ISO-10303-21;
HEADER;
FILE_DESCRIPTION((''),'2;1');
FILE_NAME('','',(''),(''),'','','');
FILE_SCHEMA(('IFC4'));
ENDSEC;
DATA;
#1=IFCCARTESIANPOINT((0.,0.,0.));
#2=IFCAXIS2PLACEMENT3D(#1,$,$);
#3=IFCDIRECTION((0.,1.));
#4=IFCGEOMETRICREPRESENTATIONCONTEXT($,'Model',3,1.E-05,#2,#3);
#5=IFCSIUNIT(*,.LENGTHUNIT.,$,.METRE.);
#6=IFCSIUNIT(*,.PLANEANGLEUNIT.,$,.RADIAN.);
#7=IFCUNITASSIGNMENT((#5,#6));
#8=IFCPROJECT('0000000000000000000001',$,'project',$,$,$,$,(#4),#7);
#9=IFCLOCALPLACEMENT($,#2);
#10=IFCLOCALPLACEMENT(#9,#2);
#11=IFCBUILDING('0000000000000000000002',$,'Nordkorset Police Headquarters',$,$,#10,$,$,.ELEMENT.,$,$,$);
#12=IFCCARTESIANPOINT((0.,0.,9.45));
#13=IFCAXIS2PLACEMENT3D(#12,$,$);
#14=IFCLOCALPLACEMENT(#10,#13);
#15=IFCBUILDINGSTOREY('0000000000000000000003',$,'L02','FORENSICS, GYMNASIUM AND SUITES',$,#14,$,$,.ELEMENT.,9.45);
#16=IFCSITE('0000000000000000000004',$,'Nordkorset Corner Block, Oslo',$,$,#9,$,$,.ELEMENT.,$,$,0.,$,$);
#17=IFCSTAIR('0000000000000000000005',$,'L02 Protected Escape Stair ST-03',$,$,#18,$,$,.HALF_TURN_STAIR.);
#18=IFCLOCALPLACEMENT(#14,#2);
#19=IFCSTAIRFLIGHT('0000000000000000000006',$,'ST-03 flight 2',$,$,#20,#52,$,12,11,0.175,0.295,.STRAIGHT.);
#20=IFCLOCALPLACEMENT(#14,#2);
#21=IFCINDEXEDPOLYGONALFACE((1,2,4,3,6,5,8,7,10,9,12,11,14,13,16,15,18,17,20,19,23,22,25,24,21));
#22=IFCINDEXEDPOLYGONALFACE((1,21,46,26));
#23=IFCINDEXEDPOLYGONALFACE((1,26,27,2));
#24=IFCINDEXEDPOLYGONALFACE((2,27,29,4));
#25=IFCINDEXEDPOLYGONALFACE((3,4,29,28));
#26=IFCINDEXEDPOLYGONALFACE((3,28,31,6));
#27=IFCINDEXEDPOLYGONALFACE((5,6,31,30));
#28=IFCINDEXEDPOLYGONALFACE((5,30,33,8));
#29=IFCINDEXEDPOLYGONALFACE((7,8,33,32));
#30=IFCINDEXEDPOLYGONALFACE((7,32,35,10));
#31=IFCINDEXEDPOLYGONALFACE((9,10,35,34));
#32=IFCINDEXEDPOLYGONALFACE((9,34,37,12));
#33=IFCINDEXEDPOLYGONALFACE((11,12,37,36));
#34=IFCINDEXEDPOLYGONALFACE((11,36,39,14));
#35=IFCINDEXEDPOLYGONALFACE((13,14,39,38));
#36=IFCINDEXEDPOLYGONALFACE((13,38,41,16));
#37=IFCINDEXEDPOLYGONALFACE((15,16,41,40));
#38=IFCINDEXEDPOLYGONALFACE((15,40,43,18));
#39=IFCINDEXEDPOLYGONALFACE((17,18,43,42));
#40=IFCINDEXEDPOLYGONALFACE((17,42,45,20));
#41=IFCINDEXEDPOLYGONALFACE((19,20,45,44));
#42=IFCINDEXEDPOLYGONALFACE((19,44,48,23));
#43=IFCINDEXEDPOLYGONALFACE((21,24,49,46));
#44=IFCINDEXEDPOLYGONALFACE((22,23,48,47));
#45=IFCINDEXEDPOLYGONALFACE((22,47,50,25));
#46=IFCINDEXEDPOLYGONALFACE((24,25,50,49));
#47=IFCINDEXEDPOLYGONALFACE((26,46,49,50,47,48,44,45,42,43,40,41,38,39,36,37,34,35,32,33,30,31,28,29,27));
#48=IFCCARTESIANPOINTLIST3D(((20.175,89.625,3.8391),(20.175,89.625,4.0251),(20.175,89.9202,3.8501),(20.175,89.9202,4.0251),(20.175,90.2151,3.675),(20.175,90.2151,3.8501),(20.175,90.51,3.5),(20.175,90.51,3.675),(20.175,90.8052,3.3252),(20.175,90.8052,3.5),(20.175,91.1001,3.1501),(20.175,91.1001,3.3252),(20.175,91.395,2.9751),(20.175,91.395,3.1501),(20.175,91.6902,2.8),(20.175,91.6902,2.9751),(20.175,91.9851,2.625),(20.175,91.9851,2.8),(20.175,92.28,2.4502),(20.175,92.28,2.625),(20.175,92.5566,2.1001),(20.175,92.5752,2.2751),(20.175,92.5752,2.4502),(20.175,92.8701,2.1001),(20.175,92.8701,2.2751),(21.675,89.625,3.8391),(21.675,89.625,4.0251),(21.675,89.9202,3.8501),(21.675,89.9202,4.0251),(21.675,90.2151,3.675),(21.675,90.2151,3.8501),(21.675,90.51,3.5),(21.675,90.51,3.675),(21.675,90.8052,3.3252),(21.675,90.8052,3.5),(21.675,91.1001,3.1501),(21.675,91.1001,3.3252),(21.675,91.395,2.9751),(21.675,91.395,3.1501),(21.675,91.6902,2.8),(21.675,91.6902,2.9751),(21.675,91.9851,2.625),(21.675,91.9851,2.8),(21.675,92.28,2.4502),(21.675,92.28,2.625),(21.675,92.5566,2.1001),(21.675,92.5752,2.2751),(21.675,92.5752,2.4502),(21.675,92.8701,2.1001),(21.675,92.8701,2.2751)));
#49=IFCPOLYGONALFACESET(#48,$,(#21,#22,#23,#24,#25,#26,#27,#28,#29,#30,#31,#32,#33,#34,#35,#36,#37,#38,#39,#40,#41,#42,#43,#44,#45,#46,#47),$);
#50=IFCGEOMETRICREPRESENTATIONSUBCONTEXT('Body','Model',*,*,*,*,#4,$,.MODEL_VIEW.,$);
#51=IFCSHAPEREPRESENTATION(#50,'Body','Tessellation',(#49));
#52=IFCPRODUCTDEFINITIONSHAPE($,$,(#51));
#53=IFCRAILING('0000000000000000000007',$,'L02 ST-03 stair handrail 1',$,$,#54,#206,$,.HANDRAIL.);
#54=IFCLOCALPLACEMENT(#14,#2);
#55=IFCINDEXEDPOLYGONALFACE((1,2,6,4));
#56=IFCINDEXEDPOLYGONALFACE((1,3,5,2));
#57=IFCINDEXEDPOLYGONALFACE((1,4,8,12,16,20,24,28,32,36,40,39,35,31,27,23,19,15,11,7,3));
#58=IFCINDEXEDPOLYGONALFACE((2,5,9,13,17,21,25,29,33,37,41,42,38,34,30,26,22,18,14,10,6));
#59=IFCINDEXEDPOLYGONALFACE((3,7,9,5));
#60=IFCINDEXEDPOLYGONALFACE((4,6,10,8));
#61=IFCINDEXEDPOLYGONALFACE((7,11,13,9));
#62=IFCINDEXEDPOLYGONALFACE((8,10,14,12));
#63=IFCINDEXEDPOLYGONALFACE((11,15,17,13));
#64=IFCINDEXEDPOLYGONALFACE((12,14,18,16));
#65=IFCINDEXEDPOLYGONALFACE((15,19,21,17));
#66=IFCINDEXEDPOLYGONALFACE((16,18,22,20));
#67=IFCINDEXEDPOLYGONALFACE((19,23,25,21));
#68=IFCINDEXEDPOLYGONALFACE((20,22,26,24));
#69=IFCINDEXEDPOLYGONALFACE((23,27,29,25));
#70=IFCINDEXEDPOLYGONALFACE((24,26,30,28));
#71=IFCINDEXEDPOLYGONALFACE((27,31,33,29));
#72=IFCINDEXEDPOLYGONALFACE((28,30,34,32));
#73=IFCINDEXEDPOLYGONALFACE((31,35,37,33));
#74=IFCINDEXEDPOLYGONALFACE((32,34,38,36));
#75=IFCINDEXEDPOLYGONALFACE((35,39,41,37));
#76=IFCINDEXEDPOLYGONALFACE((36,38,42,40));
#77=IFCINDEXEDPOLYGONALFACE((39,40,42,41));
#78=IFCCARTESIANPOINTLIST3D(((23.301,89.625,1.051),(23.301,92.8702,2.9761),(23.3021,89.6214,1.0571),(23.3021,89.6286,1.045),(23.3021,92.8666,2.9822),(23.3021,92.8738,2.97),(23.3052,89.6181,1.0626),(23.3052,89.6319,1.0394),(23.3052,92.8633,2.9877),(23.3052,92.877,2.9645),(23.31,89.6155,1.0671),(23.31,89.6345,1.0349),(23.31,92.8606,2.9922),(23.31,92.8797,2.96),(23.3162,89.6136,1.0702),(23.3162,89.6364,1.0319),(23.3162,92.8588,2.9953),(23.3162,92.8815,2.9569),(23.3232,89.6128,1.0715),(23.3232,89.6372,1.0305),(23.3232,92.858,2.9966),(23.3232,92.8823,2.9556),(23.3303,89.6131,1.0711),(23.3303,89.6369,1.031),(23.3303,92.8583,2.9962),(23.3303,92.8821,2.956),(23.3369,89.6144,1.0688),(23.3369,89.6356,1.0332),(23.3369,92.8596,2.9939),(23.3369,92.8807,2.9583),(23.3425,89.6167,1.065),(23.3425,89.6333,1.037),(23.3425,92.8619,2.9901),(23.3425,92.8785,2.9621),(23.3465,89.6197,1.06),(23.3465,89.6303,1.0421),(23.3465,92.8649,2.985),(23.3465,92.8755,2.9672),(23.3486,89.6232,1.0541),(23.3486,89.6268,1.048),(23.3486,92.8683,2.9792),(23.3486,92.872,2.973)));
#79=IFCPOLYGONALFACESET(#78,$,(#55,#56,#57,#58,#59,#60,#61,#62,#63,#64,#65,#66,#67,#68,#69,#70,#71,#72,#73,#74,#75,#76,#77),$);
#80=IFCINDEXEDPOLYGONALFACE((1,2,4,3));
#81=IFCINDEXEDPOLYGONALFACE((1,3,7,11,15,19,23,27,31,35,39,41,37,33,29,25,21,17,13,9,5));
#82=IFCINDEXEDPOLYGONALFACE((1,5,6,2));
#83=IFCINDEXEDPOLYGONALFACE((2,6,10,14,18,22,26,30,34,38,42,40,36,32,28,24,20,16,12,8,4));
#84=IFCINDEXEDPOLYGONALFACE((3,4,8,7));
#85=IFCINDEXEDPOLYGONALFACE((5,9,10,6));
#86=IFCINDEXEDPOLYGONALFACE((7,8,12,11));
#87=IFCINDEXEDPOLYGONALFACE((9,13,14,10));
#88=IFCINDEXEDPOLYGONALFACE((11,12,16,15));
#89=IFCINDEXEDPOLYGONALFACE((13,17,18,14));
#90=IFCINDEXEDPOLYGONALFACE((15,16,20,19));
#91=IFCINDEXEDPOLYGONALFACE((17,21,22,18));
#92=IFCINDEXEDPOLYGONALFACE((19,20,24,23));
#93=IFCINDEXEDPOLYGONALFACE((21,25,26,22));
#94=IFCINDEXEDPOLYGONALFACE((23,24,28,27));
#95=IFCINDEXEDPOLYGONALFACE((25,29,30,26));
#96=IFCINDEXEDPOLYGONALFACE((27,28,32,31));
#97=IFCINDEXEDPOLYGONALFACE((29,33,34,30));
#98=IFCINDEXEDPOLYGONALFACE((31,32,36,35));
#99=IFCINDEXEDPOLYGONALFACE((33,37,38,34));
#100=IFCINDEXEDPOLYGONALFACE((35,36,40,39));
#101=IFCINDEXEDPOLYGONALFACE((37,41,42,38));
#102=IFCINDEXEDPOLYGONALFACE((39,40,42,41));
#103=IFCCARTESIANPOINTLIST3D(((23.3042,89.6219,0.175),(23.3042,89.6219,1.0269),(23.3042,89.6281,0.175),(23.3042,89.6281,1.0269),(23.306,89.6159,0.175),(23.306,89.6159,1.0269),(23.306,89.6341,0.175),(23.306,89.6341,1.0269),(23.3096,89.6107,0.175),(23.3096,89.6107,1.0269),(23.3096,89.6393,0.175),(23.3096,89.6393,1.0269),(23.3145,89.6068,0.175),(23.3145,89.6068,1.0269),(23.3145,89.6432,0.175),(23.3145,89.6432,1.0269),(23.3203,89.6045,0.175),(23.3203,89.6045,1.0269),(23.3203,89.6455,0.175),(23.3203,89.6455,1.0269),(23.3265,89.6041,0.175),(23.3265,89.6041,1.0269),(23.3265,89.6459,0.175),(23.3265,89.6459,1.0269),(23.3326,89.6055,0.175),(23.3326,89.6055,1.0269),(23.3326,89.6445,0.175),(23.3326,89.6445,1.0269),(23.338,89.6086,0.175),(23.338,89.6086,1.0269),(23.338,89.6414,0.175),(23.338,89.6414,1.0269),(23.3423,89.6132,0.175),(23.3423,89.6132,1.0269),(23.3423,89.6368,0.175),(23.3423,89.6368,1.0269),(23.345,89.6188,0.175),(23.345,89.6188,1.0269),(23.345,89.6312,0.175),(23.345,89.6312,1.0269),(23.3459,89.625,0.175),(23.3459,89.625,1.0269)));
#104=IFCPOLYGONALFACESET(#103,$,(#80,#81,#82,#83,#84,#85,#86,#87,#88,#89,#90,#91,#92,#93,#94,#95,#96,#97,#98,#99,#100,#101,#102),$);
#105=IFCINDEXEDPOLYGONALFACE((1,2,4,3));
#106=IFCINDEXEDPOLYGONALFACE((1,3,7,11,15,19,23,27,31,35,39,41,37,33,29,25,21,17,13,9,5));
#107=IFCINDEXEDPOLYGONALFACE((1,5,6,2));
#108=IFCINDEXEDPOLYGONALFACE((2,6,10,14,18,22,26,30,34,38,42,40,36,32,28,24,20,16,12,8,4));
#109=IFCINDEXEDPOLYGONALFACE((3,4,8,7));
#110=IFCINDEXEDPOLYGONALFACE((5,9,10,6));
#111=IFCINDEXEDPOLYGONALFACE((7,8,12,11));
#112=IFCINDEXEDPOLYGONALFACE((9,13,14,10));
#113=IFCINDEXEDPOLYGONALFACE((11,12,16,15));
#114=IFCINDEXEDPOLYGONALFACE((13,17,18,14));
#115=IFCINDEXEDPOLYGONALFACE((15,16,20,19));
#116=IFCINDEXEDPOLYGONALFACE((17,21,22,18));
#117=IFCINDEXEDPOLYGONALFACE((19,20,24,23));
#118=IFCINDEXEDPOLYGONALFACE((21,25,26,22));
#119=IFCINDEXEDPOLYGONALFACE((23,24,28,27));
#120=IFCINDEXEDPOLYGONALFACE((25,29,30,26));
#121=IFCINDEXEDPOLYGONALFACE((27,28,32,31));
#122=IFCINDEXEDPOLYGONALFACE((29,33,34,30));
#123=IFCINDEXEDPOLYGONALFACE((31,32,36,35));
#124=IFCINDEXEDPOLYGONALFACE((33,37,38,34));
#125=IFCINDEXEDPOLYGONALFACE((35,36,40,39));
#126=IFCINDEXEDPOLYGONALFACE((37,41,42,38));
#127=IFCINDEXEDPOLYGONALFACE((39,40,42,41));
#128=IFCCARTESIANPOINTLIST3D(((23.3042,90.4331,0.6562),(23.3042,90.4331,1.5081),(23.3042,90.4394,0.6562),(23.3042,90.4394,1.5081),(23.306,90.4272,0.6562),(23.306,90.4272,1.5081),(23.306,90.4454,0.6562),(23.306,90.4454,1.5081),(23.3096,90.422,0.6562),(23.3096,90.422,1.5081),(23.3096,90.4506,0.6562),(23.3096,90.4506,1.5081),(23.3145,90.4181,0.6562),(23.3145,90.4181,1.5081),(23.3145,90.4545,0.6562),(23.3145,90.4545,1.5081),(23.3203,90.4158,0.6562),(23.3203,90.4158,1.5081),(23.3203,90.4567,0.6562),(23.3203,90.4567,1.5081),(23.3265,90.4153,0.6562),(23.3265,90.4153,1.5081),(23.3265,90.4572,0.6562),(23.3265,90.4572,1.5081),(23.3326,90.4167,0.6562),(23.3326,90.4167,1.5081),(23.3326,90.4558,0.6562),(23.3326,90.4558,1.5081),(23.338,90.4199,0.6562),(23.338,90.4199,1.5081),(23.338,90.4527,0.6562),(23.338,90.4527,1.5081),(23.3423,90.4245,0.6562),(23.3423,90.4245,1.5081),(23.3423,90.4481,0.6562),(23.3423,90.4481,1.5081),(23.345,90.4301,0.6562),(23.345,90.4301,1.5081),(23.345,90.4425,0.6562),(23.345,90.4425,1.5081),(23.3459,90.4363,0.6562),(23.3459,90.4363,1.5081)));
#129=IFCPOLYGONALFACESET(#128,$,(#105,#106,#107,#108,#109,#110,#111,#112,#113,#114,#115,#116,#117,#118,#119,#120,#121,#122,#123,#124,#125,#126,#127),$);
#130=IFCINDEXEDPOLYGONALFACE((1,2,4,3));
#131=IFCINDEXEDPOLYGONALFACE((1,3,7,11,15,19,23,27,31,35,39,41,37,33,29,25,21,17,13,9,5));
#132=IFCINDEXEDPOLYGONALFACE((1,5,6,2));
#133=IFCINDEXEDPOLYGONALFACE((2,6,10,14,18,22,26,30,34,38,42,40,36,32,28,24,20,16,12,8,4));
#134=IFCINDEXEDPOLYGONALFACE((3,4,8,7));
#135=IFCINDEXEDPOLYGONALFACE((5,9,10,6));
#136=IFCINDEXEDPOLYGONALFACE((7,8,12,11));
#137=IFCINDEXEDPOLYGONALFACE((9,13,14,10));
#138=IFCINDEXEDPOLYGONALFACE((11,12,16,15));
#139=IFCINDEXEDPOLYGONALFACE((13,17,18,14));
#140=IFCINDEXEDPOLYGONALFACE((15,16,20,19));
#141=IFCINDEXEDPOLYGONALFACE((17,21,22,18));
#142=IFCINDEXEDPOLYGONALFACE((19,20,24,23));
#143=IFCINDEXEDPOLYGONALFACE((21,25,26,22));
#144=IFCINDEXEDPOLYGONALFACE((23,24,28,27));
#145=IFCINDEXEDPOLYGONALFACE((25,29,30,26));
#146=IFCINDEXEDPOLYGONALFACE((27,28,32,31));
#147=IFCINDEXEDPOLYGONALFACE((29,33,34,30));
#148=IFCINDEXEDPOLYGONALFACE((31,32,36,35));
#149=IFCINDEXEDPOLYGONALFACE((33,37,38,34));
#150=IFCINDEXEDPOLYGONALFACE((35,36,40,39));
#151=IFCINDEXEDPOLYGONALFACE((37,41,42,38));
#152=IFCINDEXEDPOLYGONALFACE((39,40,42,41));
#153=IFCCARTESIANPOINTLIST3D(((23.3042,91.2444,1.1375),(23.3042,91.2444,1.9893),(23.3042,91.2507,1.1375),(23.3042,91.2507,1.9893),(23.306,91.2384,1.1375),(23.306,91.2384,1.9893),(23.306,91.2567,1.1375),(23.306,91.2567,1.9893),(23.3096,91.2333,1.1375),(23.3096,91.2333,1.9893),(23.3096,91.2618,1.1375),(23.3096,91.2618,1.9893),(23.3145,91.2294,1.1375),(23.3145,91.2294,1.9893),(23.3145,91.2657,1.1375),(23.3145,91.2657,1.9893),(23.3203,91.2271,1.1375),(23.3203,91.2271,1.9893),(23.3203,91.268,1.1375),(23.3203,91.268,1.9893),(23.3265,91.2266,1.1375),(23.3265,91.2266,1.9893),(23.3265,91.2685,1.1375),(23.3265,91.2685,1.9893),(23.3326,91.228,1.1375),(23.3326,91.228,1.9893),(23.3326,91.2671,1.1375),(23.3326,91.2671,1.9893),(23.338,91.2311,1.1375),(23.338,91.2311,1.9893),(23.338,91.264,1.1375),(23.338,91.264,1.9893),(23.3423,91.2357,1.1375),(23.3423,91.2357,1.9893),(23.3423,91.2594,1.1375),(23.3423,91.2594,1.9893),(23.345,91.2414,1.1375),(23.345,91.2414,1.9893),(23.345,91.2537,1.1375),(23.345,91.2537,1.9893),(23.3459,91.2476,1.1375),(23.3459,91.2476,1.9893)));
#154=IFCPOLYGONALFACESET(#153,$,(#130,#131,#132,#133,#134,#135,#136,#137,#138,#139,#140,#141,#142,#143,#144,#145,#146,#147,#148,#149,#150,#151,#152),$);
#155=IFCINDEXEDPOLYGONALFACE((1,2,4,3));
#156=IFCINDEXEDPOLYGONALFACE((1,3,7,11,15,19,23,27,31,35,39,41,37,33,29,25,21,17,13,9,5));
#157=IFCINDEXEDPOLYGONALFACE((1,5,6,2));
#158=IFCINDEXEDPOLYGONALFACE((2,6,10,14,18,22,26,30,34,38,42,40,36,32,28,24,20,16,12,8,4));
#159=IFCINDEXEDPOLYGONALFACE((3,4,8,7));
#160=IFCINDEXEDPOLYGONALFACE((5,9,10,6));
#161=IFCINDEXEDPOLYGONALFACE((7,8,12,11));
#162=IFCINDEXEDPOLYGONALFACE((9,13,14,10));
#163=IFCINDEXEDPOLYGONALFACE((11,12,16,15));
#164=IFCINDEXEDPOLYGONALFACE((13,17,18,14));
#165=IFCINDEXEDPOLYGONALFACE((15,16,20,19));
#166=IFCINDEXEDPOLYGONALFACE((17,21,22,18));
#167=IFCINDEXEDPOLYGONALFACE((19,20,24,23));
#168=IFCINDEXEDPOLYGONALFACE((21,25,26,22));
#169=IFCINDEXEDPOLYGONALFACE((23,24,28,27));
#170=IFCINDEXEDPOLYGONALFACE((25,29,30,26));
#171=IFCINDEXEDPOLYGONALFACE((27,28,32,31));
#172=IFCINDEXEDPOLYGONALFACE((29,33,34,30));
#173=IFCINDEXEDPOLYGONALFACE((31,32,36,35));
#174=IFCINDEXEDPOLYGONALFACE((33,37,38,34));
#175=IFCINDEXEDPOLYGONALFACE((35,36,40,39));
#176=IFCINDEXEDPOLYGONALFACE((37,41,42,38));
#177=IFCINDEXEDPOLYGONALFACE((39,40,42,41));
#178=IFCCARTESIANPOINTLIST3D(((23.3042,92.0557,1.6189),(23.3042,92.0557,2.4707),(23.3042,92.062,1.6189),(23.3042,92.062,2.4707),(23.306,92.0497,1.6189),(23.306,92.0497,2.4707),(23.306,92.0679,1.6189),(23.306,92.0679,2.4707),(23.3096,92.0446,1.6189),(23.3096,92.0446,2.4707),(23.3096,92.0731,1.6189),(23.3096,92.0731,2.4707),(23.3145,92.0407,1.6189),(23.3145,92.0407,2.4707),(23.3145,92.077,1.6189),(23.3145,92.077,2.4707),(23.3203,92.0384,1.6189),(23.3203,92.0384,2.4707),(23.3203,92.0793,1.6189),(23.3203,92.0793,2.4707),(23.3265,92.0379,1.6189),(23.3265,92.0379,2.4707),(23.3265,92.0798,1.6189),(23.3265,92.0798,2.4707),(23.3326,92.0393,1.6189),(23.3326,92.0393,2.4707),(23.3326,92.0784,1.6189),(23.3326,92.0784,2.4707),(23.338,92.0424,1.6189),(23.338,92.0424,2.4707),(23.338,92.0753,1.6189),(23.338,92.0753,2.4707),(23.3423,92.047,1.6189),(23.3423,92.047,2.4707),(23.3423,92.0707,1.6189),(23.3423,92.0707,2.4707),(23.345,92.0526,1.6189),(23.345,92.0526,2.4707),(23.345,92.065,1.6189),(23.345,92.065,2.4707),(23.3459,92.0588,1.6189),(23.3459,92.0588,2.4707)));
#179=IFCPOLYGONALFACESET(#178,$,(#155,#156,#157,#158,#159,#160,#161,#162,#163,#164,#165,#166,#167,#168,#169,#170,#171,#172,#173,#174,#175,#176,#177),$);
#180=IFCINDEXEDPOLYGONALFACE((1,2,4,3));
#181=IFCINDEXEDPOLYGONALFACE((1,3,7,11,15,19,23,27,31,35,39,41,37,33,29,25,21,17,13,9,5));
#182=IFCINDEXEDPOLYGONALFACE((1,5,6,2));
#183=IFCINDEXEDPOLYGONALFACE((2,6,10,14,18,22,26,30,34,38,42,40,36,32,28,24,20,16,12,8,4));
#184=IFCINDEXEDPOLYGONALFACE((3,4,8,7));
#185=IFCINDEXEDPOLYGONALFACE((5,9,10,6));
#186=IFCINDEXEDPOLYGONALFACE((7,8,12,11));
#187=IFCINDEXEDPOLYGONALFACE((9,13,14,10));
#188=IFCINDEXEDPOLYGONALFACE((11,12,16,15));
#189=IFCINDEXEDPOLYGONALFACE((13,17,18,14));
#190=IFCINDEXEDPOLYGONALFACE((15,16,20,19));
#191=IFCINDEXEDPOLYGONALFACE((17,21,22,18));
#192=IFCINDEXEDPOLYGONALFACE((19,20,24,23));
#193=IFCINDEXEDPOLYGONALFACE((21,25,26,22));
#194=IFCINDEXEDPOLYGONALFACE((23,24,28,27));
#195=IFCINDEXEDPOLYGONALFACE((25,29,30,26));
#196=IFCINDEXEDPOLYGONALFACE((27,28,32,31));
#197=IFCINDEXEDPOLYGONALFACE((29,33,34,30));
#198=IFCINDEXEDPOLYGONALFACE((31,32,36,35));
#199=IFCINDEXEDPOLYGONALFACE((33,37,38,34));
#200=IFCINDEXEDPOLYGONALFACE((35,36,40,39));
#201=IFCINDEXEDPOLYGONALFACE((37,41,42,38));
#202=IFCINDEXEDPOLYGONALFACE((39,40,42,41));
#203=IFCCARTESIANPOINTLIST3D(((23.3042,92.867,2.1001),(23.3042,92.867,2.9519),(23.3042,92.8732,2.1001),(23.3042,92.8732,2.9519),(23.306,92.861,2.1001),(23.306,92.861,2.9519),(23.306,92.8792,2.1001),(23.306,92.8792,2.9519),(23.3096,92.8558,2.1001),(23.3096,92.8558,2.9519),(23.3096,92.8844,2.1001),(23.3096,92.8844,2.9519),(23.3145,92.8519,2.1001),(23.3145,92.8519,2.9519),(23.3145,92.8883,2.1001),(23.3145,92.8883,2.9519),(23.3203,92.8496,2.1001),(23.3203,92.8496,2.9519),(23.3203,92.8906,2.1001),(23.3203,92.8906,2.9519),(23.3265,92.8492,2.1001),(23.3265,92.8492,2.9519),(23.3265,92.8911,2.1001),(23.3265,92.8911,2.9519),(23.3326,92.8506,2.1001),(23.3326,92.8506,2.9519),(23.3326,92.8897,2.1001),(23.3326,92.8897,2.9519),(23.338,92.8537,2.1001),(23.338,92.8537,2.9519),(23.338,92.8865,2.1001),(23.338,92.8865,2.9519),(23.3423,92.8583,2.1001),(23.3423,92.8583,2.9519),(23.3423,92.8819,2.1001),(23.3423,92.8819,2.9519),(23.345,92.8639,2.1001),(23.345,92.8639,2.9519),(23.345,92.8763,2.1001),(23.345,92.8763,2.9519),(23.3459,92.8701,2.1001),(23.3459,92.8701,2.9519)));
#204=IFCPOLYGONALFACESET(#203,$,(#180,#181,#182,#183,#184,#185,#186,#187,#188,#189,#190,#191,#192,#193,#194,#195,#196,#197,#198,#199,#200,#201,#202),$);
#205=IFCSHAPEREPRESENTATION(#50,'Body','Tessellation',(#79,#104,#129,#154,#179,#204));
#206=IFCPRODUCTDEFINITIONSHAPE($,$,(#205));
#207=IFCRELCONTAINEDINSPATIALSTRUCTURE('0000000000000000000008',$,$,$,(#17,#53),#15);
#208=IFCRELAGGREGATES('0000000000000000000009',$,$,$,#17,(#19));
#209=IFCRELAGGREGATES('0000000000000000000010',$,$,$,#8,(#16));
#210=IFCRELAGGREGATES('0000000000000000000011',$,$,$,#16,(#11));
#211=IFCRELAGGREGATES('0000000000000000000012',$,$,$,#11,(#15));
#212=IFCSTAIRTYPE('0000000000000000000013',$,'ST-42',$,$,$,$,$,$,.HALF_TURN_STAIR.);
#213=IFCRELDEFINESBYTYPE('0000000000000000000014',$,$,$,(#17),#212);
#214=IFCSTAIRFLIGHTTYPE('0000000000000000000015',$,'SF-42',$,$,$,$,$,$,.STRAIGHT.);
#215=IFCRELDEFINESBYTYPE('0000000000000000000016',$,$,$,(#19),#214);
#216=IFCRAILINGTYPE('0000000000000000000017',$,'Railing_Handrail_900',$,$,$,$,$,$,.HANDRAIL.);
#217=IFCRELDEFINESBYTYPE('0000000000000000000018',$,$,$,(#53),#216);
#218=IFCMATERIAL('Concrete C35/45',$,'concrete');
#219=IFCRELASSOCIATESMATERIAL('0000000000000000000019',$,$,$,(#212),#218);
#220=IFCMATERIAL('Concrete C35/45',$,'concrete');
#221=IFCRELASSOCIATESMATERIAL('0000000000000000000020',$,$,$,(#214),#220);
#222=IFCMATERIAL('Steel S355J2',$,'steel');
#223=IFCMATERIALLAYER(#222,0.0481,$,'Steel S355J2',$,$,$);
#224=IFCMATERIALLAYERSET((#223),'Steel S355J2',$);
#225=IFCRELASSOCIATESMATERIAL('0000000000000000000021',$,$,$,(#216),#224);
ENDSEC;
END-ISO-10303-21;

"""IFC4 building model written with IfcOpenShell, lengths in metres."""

from ifc_helpers import new_model, si_unit, direction, frame, origin, origin_2d, place, context, subcontext, project, spatial, polyline, circle, outline, extrude, material, layer, layer_set, type_object, element, aggregate, save


model = new_model("IFC4")

# Units and contexts
model_context = context("Model", 3, precision=1e-05, world=origin(), true_north=direction((0.0, 1.0)))
body_context = subcontext(model_context, "Body", "Model", "MODEL_VIEW")
ifc_project = project(units=[si_unit("LENGTHUNIT", "METRE"), si_unit("PLANEANGLEUNIT", "RADIAN")], contexts=[model_context])

# Site, building, storey
site_placement = place(None, origin())
site = spatial("IfcSite", under=ifc_project, at=site_placement, Name="Nordkorset Corner Block, Oslo", CompositionType="ELEMENT", RefElevation=0.0)
building_placement = place(site_placement, origin())
building = spatial("IfcBuilding", under=site, at=building_placement, Name="Nordkorset Police Headquarters", CompositionType="ELEMENT")
storey_placement = place(building_placement, frame((0.0, 0.0, 9.45)))
storey = spatial("IfcBuildingStorey", under=building, at=storey_placement, Name="L02", Description="FORENSICS, GYMNASIUM AND SUITES", CompositionType="ELEMENT", Elevation=9.45)

# Stair, stair flight
ifc_material_1 = material(Name="Concrete C35/45", Category="concrete")
stair_type = type_object("IfcStairType", Name="ST-42", PredefinedType="HALF_TURN_STAIR", material=ifc_material_1)
stair_placement = place(storey_placement, origin())
stair = element("IfcStair", 1, at=stair_placement, inside=storey, type_object=stair_type, Name="L02 Protected Escape Stair ST-03", PredefinedType="HALF_TURN_STAIR")
ifc_material_2 = material(Name="Concrete C35/45", Category="concrete")
stair_flight_type = type_object("IfcStairFlightType", Name="SF-42", PredefinedType="STRAIGHT", material=ifc_material_2)
stair_flight_1_placement = place(storey_placement, frame((20.925, 92.8701, 2.1001), z_axis=(0.0, 0.0, 1.0), x_axis=(0.0, -1.0, 0.0)))
stair_flight_1 = element("IfcStairFlight", 2, at=stair_flight_1_placement, type_object=stair_flight_type, Name="ST-03 flight 2", NumberOfRisers=12, NumberOfTreads=11, PredefinedType="STRAIGHT", RiserHeight=0.175, TreadLength=0.295, context=body_context, shape_type="SweptSolid", body=[
    extrude(outline(polyline([(0.0, 0.0), (0.0, 0.175), (0.2949, 0.175), (0.2949, 0.3501), (0.5901, 0.3501), (0.5901, 0.5249), (0.885, 0.5249), (0.885, 0.7), (1.1799, 0.7), (1.1799, 0.875), (1.4751, 0.875), (1.4751, 1.05), (1.77, 1.05), (1.77, 1.2251), (2.0649, 1.2251), (2.0649, 1.3999), (2.3601, 1.3999), (2.3601, 1.575), (2.655, 1.575), (2.655, 1.75), (2.95, 1.75), (2.95, 1.925), (3.2451, 1.925), (3.2451, 2.1001), (3.2451, 1.739), (0.3135, 0.0), (0.0, 0.0)])), frame((0.0, 0.75, 0.0), z_axis=(0.0, -1.0, 0.0), x_axis=(1.0, 0.0, 0.0)), (0.0, 0.0, 1.0), 1.5),
])
aggregate(stair, [stair_flight_1])

# Railing
ifc_material_3 = material(Name="Steel S355J2", Category="steel")
ifc_layer_1 = layer(ifc_material_3, 0.0481, Name="Steel S355J2")
ifc_layer_set_1 = layer_set([ifc_layer_1], Name="Steel S355J2")
railing_type_1 = type_object("IfcRailingType", Name="Railing_Handrail_900", PredefinedType="HANDRAIL", material=ifc_layer_set_1)
railing_1_placement = place(storey_placement, frame((23.325, 89.625, 0.175)))
element("IfcRailing", 3, at=railing_1_placement, inside=storey, type_object=railing_type_1, Name="L02 ST-03 stair handrail 1", PredefinedType="HANDRAIL", context=body_context, shape_type="SweptSolid", body=[
    extrude(circle(Radius=0.0239, at=origin_2d()), frame((0.0, 0.0, 0.876), z_axis=(0.0, 0.860057, 0.510198), x_axis=(-1.0, 0.0, 0.0)), (0.0, 0.0, 1.0), 3.7732),
    extrude(circle(Radius=0.021, at=origin_2d()), origin(), (0.0, 0.0, 1.0), 0.8518),
    extrude(circle(Radius=0.021, at=origin_2d()), frame((0.0, 0.8113, 0.4812)), (0.0, 0.0, 1.0), 0.8518),
    extrude(circle(Radius=0.021, at=origin_2d()), frame((0.0, 1.6226, 0.9624)), (0.0, 0.0, 1.0), 0.8518),
    extrude(circle(Radius=0.021, at=origin_2d()), frame((0.0, 2.4338, 1.4438)), (0.0, 0.0, 1.0), 0.8518),
    extrude(circle(Radius=0.021, at=origin_2d()), frame((0.0, 3.2451, 1.925)), (0.0, 0.0, 1.0), 0.8518),
])

save(model, "model.ifc")
